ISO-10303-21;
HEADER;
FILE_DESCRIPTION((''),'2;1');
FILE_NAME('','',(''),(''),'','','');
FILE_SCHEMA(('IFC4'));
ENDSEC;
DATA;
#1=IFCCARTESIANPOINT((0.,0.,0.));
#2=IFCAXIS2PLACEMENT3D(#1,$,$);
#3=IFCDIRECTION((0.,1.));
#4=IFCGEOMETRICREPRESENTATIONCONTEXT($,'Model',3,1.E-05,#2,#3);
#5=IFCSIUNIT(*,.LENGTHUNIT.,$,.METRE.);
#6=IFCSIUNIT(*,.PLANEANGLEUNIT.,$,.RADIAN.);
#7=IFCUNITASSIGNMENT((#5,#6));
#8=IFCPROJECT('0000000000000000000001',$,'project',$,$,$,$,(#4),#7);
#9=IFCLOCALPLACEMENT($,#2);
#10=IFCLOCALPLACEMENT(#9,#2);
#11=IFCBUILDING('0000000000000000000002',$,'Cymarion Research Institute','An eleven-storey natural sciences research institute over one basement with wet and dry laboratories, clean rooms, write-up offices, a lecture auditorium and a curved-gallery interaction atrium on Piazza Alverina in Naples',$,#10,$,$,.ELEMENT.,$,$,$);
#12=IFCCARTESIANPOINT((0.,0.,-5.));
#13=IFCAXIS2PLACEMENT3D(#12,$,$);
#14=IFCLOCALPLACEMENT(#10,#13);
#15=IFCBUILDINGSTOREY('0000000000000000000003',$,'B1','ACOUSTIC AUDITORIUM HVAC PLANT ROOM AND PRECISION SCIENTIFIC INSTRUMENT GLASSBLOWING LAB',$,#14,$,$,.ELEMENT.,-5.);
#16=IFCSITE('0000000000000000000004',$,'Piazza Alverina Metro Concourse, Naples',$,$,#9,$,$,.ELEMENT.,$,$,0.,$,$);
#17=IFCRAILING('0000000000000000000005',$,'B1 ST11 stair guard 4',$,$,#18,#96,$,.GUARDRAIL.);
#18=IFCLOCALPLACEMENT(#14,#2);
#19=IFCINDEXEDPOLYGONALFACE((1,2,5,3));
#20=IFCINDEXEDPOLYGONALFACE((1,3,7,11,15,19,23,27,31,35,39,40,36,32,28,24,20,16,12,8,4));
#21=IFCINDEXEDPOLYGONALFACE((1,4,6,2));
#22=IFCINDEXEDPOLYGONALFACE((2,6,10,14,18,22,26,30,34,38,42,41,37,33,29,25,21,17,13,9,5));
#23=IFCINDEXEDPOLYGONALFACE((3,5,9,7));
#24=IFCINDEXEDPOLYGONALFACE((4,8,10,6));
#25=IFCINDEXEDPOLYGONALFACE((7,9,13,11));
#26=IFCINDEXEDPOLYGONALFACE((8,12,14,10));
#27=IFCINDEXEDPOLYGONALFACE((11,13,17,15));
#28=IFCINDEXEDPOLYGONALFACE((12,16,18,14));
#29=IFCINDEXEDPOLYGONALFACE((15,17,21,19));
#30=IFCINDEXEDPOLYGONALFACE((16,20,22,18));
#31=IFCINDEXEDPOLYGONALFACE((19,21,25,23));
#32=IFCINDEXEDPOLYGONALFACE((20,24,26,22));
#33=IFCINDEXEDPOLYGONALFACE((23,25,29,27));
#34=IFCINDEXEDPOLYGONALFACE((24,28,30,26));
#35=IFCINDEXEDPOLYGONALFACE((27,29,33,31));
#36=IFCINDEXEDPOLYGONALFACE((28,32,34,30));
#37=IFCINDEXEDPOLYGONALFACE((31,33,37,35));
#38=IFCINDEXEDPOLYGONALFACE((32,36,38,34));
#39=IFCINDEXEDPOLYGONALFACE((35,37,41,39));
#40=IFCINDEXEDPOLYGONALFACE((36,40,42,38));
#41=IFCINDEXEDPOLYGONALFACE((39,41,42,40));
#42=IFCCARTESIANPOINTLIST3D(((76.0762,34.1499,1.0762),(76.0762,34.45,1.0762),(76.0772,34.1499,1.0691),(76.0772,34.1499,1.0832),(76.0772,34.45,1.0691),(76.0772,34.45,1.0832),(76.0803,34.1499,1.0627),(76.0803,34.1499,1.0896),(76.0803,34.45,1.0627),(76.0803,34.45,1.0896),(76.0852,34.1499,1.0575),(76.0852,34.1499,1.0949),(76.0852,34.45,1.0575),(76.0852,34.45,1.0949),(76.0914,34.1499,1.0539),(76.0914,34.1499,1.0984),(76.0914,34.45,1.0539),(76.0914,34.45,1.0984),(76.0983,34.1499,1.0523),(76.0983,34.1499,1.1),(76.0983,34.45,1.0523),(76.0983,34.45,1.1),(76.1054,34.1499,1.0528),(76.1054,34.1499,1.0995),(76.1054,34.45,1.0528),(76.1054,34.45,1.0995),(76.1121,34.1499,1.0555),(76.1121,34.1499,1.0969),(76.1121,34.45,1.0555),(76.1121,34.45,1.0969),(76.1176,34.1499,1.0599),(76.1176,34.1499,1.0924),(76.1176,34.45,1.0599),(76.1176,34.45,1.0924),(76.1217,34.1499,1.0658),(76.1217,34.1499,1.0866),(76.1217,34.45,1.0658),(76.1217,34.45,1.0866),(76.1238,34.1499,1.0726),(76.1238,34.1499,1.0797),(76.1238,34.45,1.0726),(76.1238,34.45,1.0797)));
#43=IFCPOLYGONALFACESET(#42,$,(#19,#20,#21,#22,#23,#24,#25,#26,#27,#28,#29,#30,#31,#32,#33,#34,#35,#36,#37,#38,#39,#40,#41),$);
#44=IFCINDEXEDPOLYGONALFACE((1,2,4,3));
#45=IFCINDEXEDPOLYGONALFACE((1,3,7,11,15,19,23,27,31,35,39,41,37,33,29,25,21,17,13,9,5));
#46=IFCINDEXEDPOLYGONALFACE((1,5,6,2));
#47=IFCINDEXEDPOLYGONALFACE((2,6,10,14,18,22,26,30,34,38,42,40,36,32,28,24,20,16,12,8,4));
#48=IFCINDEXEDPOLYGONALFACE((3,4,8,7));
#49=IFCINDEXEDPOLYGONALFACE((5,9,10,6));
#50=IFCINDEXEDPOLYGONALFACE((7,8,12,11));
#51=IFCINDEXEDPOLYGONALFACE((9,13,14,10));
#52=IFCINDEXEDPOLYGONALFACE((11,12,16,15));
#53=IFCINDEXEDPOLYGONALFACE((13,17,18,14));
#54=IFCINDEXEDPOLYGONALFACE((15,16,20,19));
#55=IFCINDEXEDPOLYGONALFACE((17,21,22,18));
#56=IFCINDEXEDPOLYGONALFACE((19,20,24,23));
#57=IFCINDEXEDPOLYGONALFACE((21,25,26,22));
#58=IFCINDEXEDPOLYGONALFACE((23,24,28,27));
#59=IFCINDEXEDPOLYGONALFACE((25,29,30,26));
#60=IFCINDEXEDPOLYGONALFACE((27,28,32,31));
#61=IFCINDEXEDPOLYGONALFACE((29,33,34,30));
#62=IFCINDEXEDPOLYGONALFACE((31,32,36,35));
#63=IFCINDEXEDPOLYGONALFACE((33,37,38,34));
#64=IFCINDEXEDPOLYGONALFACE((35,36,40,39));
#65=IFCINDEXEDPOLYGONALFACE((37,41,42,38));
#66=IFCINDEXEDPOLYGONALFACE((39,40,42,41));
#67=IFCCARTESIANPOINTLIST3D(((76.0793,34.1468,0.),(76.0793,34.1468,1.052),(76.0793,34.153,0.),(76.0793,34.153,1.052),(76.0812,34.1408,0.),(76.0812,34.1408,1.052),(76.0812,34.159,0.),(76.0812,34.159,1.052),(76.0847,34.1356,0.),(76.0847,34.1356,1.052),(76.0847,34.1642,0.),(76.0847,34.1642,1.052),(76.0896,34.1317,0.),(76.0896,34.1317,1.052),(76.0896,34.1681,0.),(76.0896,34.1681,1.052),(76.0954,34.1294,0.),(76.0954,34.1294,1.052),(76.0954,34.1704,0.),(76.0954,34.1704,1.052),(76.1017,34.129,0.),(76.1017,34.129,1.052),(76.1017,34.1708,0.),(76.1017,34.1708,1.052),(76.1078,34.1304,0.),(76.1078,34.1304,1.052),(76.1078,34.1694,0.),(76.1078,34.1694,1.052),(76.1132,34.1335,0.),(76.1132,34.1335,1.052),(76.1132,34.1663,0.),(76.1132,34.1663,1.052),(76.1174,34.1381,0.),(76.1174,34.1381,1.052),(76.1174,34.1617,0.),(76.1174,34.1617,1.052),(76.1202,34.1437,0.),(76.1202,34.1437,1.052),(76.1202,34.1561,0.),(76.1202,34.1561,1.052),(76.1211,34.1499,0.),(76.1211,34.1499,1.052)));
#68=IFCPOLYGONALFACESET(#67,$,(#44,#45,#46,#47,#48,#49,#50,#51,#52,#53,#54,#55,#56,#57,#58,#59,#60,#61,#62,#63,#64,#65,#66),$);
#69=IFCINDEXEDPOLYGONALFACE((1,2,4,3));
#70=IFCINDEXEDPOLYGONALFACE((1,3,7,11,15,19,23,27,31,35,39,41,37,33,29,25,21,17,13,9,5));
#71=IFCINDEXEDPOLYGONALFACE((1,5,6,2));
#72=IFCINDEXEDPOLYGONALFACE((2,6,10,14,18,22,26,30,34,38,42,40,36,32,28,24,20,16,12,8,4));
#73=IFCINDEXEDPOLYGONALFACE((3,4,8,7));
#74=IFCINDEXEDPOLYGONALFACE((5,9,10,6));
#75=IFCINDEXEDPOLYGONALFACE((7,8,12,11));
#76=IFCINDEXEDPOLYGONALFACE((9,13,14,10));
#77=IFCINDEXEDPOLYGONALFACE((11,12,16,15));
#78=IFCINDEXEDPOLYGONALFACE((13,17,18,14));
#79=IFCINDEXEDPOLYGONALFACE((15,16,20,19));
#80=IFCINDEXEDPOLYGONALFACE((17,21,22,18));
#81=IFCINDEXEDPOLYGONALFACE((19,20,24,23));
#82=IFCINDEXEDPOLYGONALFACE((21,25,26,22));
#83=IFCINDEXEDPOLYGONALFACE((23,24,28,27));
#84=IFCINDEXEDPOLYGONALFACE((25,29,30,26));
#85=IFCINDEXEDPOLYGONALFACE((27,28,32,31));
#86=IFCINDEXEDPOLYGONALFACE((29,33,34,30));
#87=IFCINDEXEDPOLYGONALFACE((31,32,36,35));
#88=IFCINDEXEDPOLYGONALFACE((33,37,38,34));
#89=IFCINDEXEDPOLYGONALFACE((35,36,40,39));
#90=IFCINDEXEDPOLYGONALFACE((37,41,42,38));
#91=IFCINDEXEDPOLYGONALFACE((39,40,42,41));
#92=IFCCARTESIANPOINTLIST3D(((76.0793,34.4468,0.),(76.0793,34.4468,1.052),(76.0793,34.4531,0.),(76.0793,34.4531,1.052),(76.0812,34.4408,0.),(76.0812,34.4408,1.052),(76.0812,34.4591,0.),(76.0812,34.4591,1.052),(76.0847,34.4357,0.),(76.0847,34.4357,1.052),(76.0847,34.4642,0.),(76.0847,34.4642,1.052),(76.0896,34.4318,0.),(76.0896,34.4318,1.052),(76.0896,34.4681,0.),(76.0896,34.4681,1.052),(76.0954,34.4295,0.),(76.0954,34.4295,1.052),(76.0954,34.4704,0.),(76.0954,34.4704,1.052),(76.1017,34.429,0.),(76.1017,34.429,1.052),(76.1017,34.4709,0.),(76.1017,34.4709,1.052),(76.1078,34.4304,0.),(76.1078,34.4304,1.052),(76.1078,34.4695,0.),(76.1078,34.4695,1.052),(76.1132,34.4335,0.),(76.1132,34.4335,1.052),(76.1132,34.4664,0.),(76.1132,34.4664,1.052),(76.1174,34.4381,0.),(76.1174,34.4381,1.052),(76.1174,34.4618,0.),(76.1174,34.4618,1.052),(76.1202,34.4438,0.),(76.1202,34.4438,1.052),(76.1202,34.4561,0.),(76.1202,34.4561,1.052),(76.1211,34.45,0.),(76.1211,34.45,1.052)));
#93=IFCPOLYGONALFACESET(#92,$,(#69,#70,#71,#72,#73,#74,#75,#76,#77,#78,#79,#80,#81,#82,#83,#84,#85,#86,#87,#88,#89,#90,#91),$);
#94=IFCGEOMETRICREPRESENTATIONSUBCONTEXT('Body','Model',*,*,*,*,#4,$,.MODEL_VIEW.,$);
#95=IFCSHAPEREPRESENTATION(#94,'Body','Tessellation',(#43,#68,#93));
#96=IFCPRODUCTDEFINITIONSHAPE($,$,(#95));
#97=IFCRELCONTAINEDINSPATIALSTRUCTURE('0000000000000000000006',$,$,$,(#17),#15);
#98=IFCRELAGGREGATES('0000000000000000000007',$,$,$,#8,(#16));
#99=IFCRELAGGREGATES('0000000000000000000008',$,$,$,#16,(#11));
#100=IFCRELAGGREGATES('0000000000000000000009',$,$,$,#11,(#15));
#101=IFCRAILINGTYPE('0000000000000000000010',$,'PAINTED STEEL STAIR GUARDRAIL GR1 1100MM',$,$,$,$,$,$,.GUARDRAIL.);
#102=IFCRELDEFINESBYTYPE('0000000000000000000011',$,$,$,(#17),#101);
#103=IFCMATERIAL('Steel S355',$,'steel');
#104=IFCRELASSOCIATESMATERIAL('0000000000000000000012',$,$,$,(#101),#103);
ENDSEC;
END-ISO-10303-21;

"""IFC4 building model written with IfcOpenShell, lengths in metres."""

from ifc_helpers import new_model, si_unit, direction, frame, origin, origin_2d, place, context, subcontext, project, spatial, circle, extrude, material, type_object, element, save


model = new_model("IFC4")

# Units and contexts
model_context = context("Model", 3, precision=1e-05, world=origin(), true_north=direction((0.0, 1.0)))
body_context = subcontext(model_context, "Body", "Model", "MODEL_VIEW")
ifc_project = project(units=[si_unit("LENGTHUNIT", "METRE"), si_unit("PLANEANGLEUNIT", "RADIAN")], contexts=[model_context])

# Site, building, storey
site_placement = place(None, origin())
site = spatial("IfcSite", under=ifc_project, at=site_placement, Name="Piazza Alverina Metro Concourse, Naples", CompositionType="ELEMENT", RefElevation=0.0)
building_placement = place(site_placement, origin())
building = spatial("IfcBuilding", under=site, at=building_placement, Name="Cymarion Research Institute", Description="An eleven-storey natural sciences research institute over one basement with wet and dry laboratories, clean rooms, write-up offices, a lecture auditorium and a curved-gallery interaction atrium on Piazza Alverina in Naples", CompositionType="ELEMENT")
storey_placement = place(building_placement, frame((0.0, 0.0, -5.0)))
storey = spatial("IfcBuildingStorey", under=building, at=storey_placement, Name="B1", Description="ACOUSTIC AUDITORIUM HVAC PLANT ROOM AND PRECISION SCIENTIFIC INSTRUMENT GLASSBLOWING LAB", CompositionType="ELEMENT", Elevation=-5.0)

# Shared definitions
ifc_material_1 = material(Name="Steel S355", Category="steel")

# Railing
railing_type_1 = type_object("IfcRailingType", Name="PAINTED STEEL STAIR GUARDRAIL GR1 1100MM", PredefinedType="GUARDRAIL", material=ifc_material_1)
railing_1_placement = place(storey_placement, frame((76.1001, 34.1499, 0.0)))
element("IfcRailing", 1, at=railing_1_placement, inside=storey, type_object=railing_type_1, Name="B1 ST11 stair guard 4", PredefinedType="GUARDRAIL", context=body_context, shape_type="SweptSolid", body=[
    extrude(circle(Radius=0.0239, at=origin_2d()), frame((0.0, 0.0, 1.0762), z_axis=(0.0, 1.0, 0.0), x_axis=(-1.0, 0.0, 0.0)), (0.0, 0.0, 1.0), 0.3),
    extrude(circle(Radius=0.021, at=origin_2d()), origin(), (0.0, 0.0, 1.0), 1.052),
    extrude(circle(Radius=0.021, at=origin_2d()), frame((0.0, 0.3, 0.0)), (0.0, 0.0, 1.0), 1.052),
])

save(model, "model.ifc")
